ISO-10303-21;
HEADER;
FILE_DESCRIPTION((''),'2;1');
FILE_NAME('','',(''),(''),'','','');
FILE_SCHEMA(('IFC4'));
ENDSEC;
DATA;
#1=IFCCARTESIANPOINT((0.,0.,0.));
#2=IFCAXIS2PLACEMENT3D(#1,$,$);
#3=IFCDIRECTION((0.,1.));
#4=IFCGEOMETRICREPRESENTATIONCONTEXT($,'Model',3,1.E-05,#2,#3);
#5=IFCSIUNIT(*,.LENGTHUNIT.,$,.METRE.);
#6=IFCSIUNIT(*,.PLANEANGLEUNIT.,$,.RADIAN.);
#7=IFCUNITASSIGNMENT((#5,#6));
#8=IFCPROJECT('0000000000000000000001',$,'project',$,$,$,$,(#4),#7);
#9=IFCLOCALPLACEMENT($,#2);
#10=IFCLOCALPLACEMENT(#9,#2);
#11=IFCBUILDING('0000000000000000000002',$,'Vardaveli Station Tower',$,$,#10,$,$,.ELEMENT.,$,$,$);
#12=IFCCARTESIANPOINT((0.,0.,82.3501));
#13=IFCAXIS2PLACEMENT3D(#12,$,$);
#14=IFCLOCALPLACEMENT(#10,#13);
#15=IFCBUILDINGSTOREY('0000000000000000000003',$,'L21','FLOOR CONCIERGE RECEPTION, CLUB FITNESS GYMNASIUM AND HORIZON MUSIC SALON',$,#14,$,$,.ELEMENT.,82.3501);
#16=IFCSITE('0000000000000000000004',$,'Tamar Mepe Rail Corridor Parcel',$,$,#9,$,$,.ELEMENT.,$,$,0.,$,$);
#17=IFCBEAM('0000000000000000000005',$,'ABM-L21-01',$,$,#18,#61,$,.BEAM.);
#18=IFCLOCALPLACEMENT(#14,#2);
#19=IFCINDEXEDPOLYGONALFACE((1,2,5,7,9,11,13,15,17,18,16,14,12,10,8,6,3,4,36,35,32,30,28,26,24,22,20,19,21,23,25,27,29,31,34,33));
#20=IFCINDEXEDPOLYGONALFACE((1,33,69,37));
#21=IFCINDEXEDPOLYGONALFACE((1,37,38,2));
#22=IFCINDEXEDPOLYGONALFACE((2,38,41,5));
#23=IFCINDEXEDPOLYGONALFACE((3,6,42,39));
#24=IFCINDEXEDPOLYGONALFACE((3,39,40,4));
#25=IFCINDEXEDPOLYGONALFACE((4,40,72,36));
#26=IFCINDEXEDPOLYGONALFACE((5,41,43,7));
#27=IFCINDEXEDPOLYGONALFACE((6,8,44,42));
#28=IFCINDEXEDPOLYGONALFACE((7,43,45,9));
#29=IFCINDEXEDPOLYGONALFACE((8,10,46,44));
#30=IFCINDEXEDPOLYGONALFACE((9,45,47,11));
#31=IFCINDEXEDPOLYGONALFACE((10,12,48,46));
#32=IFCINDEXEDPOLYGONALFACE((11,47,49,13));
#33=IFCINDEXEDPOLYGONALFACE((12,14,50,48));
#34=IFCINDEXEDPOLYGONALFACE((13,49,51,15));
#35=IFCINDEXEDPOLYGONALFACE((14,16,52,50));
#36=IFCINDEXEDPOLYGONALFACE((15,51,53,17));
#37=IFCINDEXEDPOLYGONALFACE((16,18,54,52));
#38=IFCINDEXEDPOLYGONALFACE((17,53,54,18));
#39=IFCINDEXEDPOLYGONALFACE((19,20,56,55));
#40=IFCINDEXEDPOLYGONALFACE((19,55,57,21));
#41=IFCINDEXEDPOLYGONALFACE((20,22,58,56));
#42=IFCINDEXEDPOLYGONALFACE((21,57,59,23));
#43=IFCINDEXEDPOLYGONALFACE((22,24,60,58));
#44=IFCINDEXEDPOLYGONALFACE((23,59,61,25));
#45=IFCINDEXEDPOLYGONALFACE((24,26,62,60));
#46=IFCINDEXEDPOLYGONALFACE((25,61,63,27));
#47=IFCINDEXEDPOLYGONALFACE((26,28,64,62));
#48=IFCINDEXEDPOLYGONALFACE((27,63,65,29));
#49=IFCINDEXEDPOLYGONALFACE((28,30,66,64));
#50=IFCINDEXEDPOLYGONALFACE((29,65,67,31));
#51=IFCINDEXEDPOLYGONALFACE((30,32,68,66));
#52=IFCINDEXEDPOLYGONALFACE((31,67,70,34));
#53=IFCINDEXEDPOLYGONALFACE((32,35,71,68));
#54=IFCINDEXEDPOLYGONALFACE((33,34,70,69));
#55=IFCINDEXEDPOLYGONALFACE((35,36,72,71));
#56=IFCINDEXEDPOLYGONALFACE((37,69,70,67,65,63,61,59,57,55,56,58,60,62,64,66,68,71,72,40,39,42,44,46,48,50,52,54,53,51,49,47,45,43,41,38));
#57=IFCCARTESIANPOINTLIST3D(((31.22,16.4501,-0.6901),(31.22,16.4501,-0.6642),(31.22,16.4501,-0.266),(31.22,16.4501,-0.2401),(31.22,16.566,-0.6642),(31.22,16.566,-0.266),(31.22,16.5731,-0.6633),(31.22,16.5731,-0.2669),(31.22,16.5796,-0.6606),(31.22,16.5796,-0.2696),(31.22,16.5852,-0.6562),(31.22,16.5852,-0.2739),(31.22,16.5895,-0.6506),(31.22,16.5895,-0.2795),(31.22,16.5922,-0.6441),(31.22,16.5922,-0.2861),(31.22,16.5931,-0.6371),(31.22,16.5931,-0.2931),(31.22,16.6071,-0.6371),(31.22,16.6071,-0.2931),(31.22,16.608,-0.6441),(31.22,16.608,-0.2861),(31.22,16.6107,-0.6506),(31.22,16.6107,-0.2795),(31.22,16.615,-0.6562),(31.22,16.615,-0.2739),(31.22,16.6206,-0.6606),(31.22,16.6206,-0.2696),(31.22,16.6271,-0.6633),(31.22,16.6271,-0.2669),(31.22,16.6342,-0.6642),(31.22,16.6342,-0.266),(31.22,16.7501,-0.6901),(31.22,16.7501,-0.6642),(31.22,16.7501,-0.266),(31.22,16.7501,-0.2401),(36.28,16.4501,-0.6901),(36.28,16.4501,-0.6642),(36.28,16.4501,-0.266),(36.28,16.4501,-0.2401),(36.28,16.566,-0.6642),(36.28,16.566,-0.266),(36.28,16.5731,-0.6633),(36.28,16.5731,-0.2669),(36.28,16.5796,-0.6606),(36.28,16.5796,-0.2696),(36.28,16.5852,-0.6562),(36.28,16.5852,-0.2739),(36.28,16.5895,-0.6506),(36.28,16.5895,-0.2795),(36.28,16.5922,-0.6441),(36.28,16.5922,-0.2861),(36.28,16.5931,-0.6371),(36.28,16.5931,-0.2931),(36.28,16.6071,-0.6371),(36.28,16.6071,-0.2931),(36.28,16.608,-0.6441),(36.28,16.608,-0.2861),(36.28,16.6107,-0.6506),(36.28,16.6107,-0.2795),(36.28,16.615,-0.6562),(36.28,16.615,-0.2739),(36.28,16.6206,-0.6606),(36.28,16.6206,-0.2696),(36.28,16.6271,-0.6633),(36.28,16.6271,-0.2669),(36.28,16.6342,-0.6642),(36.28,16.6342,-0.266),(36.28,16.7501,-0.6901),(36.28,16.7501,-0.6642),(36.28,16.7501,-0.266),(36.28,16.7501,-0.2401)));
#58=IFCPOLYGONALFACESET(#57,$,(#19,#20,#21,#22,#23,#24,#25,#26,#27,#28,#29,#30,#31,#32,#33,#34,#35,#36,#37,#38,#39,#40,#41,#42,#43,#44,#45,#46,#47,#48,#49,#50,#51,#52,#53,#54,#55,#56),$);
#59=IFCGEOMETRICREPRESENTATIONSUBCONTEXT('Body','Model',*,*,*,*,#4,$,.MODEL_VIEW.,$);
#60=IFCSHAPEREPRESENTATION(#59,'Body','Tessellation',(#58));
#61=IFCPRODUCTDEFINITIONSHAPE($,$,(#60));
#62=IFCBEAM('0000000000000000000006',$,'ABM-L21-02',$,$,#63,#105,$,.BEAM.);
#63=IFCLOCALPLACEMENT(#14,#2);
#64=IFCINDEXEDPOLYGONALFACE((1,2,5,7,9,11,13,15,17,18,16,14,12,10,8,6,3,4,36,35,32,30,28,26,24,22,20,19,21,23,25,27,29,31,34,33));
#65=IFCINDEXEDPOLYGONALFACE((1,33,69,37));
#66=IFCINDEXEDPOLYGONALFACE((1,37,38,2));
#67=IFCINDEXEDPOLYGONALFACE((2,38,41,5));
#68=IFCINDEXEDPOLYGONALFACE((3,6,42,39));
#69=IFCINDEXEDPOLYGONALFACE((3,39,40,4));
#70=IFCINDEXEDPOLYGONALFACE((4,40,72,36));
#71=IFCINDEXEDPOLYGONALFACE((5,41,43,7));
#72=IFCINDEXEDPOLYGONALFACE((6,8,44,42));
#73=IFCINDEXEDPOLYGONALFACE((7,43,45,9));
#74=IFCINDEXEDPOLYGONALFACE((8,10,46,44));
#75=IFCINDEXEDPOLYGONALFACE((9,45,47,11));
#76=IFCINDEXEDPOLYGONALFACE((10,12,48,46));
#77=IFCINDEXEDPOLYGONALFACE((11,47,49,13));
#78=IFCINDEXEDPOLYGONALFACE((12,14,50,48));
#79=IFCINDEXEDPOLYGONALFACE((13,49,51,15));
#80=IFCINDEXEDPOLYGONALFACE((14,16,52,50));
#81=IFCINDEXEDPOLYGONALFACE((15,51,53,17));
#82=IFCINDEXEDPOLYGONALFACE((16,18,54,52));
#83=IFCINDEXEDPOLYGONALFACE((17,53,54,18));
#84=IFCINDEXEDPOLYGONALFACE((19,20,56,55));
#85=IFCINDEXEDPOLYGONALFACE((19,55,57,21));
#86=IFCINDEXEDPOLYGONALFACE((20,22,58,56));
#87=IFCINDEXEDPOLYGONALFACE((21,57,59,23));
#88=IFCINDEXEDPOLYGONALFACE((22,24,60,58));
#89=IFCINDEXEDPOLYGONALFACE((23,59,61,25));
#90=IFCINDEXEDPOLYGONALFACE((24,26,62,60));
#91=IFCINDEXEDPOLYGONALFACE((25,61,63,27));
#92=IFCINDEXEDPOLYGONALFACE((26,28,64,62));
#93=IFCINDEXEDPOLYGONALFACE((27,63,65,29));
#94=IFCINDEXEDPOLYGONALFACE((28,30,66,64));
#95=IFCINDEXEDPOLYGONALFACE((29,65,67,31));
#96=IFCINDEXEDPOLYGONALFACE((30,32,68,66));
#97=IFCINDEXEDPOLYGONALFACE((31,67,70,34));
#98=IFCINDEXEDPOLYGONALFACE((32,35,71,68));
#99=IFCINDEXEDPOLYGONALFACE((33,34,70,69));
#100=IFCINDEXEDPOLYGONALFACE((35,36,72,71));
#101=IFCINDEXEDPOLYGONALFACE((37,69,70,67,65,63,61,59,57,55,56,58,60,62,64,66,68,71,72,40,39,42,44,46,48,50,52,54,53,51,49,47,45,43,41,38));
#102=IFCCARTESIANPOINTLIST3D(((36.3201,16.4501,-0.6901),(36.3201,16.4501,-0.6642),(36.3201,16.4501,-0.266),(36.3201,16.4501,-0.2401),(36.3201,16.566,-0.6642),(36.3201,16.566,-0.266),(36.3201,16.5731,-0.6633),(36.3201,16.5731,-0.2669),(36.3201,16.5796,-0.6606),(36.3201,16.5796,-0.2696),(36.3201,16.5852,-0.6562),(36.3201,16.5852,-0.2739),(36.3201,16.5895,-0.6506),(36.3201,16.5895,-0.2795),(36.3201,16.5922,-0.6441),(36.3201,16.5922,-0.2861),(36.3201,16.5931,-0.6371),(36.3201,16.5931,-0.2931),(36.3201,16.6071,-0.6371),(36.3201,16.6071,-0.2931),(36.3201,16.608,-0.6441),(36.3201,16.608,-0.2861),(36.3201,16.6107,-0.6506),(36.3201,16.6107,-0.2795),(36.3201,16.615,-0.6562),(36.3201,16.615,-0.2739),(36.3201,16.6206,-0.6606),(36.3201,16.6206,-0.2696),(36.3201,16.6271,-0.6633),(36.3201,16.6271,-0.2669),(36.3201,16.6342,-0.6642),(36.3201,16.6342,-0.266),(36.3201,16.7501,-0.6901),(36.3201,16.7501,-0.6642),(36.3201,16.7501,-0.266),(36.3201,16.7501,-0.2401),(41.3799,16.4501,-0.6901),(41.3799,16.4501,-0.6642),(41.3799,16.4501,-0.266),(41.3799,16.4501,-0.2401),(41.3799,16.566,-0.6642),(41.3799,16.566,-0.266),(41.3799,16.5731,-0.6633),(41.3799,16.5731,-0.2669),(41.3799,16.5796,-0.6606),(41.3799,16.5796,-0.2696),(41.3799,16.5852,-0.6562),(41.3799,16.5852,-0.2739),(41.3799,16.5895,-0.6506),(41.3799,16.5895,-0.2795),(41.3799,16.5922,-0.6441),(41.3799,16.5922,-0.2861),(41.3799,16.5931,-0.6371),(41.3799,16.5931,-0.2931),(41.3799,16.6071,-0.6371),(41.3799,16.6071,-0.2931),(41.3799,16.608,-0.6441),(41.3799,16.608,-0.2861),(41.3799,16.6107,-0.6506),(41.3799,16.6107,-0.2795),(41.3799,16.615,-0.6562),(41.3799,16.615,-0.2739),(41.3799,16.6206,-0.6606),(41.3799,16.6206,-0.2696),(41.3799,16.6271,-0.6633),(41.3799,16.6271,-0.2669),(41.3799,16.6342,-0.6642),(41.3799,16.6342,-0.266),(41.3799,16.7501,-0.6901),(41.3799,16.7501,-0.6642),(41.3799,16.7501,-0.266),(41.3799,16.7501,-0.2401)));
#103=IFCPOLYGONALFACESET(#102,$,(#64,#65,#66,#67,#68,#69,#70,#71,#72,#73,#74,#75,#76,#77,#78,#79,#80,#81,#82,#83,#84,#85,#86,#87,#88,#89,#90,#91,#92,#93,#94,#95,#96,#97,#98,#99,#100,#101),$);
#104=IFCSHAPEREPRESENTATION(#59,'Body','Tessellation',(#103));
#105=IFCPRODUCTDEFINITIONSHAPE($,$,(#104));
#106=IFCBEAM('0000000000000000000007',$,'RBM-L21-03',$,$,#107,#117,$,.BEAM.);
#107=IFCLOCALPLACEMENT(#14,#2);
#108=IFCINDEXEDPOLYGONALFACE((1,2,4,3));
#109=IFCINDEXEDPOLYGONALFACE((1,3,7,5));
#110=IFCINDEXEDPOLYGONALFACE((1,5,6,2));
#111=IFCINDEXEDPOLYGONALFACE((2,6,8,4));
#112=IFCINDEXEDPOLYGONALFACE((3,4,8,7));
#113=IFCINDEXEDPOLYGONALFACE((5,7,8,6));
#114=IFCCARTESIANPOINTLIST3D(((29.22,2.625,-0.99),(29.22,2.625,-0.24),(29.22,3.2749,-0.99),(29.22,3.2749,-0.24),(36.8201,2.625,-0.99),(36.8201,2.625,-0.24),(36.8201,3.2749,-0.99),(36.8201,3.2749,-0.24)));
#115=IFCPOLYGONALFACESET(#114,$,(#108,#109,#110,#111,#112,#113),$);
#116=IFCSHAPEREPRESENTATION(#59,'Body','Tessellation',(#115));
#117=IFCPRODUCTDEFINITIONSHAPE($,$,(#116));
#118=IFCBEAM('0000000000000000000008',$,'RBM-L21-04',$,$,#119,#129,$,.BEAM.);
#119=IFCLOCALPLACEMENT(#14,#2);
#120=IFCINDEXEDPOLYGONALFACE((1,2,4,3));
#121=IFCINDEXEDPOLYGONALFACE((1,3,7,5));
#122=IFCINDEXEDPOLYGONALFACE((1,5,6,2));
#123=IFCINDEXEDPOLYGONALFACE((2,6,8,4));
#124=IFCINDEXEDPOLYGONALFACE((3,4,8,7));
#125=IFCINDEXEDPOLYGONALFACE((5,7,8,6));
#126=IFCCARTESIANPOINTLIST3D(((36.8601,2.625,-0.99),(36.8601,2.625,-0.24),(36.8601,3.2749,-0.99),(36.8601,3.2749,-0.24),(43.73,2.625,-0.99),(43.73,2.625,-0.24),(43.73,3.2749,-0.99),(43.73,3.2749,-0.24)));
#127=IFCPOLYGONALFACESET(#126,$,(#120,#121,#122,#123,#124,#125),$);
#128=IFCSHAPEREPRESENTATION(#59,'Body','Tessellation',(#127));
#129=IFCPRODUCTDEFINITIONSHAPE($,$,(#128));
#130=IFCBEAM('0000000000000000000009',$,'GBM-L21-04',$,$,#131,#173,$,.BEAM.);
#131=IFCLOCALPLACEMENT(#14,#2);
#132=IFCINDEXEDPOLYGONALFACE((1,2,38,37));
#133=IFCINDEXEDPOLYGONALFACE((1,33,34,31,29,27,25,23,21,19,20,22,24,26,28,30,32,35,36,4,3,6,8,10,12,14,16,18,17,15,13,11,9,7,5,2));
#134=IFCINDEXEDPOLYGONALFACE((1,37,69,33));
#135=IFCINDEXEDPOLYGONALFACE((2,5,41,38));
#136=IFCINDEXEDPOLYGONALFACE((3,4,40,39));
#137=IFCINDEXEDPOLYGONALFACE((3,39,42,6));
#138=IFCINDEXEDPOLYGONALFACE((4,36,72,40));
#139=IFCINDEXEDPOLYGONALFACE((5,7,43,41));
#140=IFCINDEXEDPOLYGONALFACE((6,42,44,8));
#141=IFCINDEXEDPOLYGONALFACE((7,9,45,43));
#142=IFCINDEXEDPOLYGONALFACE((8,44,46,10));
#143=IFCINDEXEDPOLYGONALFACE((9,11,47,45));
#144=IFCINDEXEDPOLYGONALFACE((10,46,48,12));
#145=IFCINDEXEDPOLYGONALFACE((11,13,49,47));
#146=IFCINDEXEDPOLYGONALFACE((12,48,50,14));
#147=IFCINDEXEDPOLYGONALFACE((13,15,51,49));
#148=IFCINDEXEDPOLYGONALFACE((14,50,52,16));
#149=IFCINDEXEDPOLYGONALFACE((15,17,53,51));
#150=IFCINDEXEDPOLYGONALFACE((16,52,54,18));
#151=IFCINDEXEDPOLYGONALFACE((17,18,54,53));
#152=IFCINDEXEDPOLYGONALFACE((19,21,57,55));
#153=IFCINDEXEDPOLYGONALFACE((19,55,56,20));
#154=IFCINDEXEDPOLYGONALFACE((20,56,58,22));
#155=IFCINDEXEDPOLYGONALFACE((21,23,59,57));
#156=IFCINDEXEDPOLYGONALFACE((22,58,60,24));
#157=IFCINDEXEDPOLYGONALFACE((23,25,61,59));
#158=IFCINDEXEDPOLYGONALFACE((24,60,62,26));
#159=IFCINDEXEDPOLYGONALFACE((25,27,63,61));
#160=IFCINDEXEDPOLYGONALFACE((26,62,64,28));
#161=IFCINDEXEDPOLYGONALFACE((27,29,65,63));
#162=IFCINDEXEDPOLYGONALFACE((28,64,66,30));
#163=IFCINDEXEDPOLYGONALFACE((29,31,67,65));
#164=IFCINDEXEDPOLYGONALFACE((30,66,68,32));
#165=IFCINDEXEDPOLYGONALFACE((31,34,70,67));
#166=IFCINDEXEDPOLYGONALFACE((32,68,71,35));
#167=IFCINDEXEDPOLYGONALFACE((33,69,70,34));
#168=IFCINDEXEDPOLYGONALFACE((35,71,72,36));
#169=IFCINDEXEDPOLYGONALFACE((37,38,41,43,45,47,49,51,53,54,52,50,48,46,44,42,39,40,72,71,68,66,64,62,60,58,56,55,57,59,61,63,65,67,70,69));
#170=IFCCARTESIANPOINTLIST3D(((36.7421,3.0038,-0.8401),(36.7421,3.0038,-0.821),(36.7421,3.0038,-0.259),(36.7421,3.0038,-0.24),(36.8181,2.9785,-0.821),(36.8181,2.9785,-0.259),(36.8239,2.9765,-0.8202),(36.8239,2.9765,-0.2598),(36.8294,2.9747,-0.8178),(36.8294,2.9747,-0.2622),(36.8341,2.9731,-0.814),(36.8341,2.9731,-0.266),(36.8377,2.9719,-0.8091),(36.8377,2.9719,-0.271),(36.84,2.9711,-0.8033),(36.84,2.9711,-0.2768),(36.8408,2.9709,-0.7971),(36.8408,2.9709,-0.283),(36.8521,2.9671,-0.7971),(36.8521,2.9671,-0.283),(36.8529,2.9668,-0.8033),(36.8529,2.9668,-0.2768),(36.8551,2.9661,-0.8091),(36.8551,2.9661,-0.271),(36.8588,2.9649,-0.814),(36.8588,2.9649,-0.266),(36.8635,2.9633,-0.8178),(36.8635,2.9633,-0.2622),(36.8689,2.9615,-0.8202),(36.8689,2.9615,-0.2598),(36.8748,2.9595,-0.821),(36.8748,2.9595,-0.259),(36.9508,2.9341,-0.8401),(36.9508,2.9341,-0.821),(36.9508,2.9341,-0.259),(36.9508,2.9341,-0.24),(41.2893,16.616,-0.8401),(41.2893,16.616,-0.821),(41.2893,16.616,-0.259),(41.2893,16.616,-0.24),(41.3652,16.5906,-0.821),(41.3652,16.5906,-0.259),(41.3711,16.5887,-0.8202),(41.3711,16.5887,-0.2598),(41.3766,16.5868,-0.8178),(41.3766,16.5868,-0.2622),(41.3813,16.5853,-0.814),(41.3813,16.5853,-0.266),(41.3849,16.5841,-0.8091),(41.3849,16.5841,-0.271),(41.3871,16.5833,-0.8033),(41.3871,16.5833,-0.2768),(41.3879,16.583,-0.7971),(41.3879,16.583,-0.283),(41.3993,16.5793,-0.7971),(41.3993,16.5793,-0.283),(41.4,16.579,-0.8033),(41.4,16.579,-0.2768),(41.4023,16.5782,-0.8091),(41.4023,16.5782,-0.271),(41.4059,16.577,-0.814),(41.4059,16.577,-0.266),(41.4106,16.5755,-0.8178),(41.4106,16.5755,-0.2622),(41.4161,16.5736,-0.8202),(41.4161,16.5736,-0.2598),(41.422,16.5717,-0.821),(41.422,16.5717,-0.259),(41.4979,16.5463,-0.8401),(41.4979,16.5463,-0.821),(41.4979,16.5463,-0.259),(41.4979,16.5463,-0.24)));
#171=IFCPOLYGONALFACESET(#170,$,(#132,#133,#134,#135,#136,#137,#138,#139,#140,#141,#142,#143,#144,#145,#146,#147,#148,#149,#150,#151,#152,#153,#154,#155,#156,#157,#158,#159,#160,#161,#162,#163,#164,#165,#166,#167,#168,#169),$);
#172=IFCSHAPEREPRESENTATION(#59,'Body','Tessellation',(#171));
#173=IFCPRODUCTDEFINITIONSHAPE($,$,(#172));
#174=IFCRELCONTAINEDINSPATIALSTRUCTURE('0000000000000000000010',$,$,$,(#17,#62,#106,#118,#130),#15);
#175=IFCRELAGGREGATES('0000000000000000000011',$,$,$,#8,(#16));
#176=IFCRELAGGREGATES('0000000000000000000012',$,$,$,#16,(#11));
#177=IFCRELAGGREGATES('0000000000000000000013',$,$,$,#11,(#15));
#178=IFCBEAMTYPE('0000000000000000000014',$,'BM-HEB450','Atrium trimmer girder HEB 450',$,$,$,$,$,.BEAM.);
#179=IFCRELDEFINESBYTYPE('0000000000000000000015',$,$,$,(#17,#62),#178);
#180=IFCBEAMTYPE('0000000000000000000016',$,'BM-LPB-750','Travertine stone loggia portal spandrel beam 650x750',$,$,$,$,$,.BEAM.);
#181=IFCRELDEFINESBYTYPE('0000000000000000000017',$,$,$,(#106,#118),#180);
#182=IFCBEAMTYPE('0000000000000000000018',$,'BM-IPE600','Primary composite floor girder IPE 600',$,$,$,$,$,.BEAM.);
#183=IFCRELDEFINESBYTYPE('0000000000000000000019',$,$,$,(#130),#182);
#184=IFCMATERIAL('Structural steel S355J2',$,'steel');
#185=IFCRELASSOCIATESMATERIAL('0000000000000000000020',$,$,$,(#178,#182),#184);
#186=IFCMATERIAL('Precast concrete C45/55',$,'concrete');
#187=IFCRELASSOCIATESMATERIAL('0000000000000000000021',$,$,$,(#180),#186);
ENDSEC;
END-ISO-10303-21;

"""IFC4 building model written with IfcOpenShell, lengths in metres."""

from ifc_helpers import new_model, si_unit, direction, frame, origin, origin_2d, place, context, subcontext, project, spatial, rectangle, i_section, extrude, source, transform, mapped, material, material_profile, profile_set, type_object, element, save


model = new_model("IFC4")

# Units and contexts
model_context = context("Model", 3, precision=1e-05, world=origin(), true_north=direction((0.0, 1.0)))
body_context = subcontext(model_context, "Body", "Model", "MODEL_VIEW")
ifc_project = project(units=[si_unit("LENGTHUNIT", "METRE"), si_unit("PLANEANGLEUNIT", "RADIAN")], contexts=[model_context])

# Site, building, storey
site_placement = place(None, origin())
site = spatial("IfcSite", under=ifc_project, at=site_placement, Name="Tamar Mepe Rail Corridor Parcel", CompositionType="ELEMENT", RefElevation=0.0)
building_placement = place(site_placement, origin())
building = spatial("IfcBuilding", under=site, at=building_placement, Name="Vardaveli Station Tower", CompositionType="ELEMENT")
storey_placement = place(building_placement, frame((0.0, 0.0, 82.3501)))
storey = spatial("IfcBuildingStorey", under=building, at=storey_placement, Name="L21", Description="FLOOR CONCIERGE RECEPTION, CLUB FITNESS GYMNASIUM AND HORIZON MUSIC SALON", CompositionType="ELEMENT", Elevation=82.3501)

# Beams
ifc_material_1 = material(Name="Structural steel S355J2", Category="steel")
ifc_material_profile_1 = material_profile(ifc_material_1, i_section(OverallWidth=0.3, OverallDepth=0.45, WebThickness=0.0139, FlangeThickness=0.0259, FilletRadius=0.0271, at=origin_2d()), Name="HEB 450")
ifc_profile_set_1 = profile_set([ifc_material_profile_1], Name="Structural steel S355J2")
beam_type_1 = type_object("IfcBeamType", Name="BM-HEB450", Description="Atrium trimmer girder HEB 450", PredefinedType="BEAM", material=ifc_profile_set_1)
shared_shape_1 = source(origin(), body_context, "Body", "SweptSolid", [
    extrude(i_section(OverallWidth=0.3, OverallDepth=0.45, WebThickness=0.0139, FlangeThickness=0.0259, FilletRadius=0.0271, at=origin_2d()), origin(), (0.0, 0.0, 1.0), 5.0601),
])
beam_1_placement = place(storey_placement, frame((31.22, 16.6001, -0.4651), z_axis=(1.0, 0.0, 0.0), x_axis=(0.0, 1.0, 0.0)))
element("IfcBeam", 1, at=beam_1_placement, inside=storey, type_object=beam_type_1, Name="ABM-L21-01", PredefinedType="BEAM", context=body_context, shape_type="MappedRepresentation", body=[
    mapped(shared_shape_1, transform((0.0, 0.0, 0.0), scale=1.0)),
])
shared_shape_2 = source(origin(), body_context, "Body", "SweptSolid", [
    extrude(i_section(OverallWidth=0.3, OverallDepth=0.45, WebThickness=0.0139, FlangeThickness=0.0259, FilletRadius=0.0271, at=origin_2d()), origin(), (0.0, 0.0, 1.0), 5.0598),
])
beam_2_placement = place(storey_placement, frame((36.3201, 16.6001, -0.4651), z_axis=(1.0, 0.0, 0.0), x_axis=(0.0, 1.0, 0.0)))
element("IfcBeam", 2, at=beam_2_placement, inside=storey, type_object=beam_type_1, Name="ABM-L21-02", PredefinedType="BEAM", context=body_context, shape_type="MappedRepresentation", body=[
    mapped(shared_shape_2, transform((0.0, 0.0, 0.0), scale=1.0)),
])
ifc_material_2 = material(Name="Precast concrete C45/55", Category="concrete")
ifc_material_profile_2 = material_profile(ifc_material_2, rectangle(XDim=0.6499, YDim=0.75, at=origin_2d()), Name="LPB 650x750")
ifc_profile_set_2 = profile_set([ifc_material_profile_2], Name="Precast concrete C45/55")
beam_type_2 = type_object("IfcBeamType", Name="BM-LPB-750", Description="Travertine stone loggia portal spandrel beam 650x750", PredefinedType="BEAM", material=ifc_profile_set_2)
shared_shape_3 = source(origin(), body_context, "Body", "SweptSolid", [
    extrude(rectangle(XDim=0.6499, YDim=0.75, at=origin_2d()), origin(), (0.0, 0.0, 1.0), 7.6001),
])
beam_3_placement = place(storey_placement, frame((29.22, 2.95, -0.615), z_axis=(1.0, 0.0, 0.0), x_axis=(0.0, 1.0, 0.0)))
element("IfcBeam", 3, at=beam_3_placement, inside=storey, type_object=beam_type_2, Name="RBM-L21-03", PredefinedType="BEAM", context=body_context, shape_type="MappedRepresentation", body=[
    mapped(shared_shape_3, transform((0.0, 0.0, 0.0), scale=1.0)),
])
shared_shape_4 = source(origin(), body_context, "Body", "SweptSolid", [
    extrude(rectangle(XDim=0.6499, YDim=0.75, at=origin_2d()), origin(), (0.0, 0.0, 1.0), 6.8699),
])
beam_4_placement = place(storey_placement, frame((36.8601, 2.95, -0.615), z_axis=(1.0, 0.0, 0.0), x_axis=(0.0, 1.0, 0.0)))
element("IfcBeam", 4, at=beam_4_placement, inside=storey, type_object=beam_type_2, Name="RBM-L21-04", PredefinedType="BEAM", context=body_context, shape_type="MappedRepresentation", body=[
    mapped(shared_shape_4, transform((0.0, 0.0, 0.0), scale=1.0)),
])
ifc_material_profile_3 = material_profile(ifc_material_1, i_section(OverallWidth=0.22, OverallDepth=0.6001, WebThickness=0.012, FlangeThickness=0.019, FilletRadius=0.0239, at=origin_2d()), Name="IPE 600")
ifc_profile_set_3 = profile_set([ifc_material_profile_3], Name="Structural steel S355J2")
beam_type_3 = type_object("IfcBeamType", Name="BM-IPE600", Description="Primary composite floor girder IPE 600", PredefinedType="BEAM", material=ifc_profile_set_3)
shared_shape_5 = source(origin(), body_context, "Body", "SweptSolid", [
    extrude(i_section(OverallWidth=0.22, OverallDepth=0.6001, WebThickness=0.012, FlangeThickness=0.019, FilletRadius=0.0239, at=origin_2d()), origin(), (0.0, 0.0, 1.0), 14.3516),
])
beam_5_placement = place(storey_placement, frame((36.8464, 2.969, -0.54), z_axis=(0.31684, 0.948479, 0.0), x_axis=(-0.948479, 0.31684, 0.0)))
element("IfcBeam", 5, at=beam_5_placement, inside=storey, type_object=beam_type_3, Name="GBM-L21-04", PredefinedType="BEAM", context=body_context, shape_type="MappedRepresentation", body=[
    mapped(shared_shape_5, transform((0.0, 0.0, 0.0), scale=1.0)),
])

save(model, "model.ifc")
